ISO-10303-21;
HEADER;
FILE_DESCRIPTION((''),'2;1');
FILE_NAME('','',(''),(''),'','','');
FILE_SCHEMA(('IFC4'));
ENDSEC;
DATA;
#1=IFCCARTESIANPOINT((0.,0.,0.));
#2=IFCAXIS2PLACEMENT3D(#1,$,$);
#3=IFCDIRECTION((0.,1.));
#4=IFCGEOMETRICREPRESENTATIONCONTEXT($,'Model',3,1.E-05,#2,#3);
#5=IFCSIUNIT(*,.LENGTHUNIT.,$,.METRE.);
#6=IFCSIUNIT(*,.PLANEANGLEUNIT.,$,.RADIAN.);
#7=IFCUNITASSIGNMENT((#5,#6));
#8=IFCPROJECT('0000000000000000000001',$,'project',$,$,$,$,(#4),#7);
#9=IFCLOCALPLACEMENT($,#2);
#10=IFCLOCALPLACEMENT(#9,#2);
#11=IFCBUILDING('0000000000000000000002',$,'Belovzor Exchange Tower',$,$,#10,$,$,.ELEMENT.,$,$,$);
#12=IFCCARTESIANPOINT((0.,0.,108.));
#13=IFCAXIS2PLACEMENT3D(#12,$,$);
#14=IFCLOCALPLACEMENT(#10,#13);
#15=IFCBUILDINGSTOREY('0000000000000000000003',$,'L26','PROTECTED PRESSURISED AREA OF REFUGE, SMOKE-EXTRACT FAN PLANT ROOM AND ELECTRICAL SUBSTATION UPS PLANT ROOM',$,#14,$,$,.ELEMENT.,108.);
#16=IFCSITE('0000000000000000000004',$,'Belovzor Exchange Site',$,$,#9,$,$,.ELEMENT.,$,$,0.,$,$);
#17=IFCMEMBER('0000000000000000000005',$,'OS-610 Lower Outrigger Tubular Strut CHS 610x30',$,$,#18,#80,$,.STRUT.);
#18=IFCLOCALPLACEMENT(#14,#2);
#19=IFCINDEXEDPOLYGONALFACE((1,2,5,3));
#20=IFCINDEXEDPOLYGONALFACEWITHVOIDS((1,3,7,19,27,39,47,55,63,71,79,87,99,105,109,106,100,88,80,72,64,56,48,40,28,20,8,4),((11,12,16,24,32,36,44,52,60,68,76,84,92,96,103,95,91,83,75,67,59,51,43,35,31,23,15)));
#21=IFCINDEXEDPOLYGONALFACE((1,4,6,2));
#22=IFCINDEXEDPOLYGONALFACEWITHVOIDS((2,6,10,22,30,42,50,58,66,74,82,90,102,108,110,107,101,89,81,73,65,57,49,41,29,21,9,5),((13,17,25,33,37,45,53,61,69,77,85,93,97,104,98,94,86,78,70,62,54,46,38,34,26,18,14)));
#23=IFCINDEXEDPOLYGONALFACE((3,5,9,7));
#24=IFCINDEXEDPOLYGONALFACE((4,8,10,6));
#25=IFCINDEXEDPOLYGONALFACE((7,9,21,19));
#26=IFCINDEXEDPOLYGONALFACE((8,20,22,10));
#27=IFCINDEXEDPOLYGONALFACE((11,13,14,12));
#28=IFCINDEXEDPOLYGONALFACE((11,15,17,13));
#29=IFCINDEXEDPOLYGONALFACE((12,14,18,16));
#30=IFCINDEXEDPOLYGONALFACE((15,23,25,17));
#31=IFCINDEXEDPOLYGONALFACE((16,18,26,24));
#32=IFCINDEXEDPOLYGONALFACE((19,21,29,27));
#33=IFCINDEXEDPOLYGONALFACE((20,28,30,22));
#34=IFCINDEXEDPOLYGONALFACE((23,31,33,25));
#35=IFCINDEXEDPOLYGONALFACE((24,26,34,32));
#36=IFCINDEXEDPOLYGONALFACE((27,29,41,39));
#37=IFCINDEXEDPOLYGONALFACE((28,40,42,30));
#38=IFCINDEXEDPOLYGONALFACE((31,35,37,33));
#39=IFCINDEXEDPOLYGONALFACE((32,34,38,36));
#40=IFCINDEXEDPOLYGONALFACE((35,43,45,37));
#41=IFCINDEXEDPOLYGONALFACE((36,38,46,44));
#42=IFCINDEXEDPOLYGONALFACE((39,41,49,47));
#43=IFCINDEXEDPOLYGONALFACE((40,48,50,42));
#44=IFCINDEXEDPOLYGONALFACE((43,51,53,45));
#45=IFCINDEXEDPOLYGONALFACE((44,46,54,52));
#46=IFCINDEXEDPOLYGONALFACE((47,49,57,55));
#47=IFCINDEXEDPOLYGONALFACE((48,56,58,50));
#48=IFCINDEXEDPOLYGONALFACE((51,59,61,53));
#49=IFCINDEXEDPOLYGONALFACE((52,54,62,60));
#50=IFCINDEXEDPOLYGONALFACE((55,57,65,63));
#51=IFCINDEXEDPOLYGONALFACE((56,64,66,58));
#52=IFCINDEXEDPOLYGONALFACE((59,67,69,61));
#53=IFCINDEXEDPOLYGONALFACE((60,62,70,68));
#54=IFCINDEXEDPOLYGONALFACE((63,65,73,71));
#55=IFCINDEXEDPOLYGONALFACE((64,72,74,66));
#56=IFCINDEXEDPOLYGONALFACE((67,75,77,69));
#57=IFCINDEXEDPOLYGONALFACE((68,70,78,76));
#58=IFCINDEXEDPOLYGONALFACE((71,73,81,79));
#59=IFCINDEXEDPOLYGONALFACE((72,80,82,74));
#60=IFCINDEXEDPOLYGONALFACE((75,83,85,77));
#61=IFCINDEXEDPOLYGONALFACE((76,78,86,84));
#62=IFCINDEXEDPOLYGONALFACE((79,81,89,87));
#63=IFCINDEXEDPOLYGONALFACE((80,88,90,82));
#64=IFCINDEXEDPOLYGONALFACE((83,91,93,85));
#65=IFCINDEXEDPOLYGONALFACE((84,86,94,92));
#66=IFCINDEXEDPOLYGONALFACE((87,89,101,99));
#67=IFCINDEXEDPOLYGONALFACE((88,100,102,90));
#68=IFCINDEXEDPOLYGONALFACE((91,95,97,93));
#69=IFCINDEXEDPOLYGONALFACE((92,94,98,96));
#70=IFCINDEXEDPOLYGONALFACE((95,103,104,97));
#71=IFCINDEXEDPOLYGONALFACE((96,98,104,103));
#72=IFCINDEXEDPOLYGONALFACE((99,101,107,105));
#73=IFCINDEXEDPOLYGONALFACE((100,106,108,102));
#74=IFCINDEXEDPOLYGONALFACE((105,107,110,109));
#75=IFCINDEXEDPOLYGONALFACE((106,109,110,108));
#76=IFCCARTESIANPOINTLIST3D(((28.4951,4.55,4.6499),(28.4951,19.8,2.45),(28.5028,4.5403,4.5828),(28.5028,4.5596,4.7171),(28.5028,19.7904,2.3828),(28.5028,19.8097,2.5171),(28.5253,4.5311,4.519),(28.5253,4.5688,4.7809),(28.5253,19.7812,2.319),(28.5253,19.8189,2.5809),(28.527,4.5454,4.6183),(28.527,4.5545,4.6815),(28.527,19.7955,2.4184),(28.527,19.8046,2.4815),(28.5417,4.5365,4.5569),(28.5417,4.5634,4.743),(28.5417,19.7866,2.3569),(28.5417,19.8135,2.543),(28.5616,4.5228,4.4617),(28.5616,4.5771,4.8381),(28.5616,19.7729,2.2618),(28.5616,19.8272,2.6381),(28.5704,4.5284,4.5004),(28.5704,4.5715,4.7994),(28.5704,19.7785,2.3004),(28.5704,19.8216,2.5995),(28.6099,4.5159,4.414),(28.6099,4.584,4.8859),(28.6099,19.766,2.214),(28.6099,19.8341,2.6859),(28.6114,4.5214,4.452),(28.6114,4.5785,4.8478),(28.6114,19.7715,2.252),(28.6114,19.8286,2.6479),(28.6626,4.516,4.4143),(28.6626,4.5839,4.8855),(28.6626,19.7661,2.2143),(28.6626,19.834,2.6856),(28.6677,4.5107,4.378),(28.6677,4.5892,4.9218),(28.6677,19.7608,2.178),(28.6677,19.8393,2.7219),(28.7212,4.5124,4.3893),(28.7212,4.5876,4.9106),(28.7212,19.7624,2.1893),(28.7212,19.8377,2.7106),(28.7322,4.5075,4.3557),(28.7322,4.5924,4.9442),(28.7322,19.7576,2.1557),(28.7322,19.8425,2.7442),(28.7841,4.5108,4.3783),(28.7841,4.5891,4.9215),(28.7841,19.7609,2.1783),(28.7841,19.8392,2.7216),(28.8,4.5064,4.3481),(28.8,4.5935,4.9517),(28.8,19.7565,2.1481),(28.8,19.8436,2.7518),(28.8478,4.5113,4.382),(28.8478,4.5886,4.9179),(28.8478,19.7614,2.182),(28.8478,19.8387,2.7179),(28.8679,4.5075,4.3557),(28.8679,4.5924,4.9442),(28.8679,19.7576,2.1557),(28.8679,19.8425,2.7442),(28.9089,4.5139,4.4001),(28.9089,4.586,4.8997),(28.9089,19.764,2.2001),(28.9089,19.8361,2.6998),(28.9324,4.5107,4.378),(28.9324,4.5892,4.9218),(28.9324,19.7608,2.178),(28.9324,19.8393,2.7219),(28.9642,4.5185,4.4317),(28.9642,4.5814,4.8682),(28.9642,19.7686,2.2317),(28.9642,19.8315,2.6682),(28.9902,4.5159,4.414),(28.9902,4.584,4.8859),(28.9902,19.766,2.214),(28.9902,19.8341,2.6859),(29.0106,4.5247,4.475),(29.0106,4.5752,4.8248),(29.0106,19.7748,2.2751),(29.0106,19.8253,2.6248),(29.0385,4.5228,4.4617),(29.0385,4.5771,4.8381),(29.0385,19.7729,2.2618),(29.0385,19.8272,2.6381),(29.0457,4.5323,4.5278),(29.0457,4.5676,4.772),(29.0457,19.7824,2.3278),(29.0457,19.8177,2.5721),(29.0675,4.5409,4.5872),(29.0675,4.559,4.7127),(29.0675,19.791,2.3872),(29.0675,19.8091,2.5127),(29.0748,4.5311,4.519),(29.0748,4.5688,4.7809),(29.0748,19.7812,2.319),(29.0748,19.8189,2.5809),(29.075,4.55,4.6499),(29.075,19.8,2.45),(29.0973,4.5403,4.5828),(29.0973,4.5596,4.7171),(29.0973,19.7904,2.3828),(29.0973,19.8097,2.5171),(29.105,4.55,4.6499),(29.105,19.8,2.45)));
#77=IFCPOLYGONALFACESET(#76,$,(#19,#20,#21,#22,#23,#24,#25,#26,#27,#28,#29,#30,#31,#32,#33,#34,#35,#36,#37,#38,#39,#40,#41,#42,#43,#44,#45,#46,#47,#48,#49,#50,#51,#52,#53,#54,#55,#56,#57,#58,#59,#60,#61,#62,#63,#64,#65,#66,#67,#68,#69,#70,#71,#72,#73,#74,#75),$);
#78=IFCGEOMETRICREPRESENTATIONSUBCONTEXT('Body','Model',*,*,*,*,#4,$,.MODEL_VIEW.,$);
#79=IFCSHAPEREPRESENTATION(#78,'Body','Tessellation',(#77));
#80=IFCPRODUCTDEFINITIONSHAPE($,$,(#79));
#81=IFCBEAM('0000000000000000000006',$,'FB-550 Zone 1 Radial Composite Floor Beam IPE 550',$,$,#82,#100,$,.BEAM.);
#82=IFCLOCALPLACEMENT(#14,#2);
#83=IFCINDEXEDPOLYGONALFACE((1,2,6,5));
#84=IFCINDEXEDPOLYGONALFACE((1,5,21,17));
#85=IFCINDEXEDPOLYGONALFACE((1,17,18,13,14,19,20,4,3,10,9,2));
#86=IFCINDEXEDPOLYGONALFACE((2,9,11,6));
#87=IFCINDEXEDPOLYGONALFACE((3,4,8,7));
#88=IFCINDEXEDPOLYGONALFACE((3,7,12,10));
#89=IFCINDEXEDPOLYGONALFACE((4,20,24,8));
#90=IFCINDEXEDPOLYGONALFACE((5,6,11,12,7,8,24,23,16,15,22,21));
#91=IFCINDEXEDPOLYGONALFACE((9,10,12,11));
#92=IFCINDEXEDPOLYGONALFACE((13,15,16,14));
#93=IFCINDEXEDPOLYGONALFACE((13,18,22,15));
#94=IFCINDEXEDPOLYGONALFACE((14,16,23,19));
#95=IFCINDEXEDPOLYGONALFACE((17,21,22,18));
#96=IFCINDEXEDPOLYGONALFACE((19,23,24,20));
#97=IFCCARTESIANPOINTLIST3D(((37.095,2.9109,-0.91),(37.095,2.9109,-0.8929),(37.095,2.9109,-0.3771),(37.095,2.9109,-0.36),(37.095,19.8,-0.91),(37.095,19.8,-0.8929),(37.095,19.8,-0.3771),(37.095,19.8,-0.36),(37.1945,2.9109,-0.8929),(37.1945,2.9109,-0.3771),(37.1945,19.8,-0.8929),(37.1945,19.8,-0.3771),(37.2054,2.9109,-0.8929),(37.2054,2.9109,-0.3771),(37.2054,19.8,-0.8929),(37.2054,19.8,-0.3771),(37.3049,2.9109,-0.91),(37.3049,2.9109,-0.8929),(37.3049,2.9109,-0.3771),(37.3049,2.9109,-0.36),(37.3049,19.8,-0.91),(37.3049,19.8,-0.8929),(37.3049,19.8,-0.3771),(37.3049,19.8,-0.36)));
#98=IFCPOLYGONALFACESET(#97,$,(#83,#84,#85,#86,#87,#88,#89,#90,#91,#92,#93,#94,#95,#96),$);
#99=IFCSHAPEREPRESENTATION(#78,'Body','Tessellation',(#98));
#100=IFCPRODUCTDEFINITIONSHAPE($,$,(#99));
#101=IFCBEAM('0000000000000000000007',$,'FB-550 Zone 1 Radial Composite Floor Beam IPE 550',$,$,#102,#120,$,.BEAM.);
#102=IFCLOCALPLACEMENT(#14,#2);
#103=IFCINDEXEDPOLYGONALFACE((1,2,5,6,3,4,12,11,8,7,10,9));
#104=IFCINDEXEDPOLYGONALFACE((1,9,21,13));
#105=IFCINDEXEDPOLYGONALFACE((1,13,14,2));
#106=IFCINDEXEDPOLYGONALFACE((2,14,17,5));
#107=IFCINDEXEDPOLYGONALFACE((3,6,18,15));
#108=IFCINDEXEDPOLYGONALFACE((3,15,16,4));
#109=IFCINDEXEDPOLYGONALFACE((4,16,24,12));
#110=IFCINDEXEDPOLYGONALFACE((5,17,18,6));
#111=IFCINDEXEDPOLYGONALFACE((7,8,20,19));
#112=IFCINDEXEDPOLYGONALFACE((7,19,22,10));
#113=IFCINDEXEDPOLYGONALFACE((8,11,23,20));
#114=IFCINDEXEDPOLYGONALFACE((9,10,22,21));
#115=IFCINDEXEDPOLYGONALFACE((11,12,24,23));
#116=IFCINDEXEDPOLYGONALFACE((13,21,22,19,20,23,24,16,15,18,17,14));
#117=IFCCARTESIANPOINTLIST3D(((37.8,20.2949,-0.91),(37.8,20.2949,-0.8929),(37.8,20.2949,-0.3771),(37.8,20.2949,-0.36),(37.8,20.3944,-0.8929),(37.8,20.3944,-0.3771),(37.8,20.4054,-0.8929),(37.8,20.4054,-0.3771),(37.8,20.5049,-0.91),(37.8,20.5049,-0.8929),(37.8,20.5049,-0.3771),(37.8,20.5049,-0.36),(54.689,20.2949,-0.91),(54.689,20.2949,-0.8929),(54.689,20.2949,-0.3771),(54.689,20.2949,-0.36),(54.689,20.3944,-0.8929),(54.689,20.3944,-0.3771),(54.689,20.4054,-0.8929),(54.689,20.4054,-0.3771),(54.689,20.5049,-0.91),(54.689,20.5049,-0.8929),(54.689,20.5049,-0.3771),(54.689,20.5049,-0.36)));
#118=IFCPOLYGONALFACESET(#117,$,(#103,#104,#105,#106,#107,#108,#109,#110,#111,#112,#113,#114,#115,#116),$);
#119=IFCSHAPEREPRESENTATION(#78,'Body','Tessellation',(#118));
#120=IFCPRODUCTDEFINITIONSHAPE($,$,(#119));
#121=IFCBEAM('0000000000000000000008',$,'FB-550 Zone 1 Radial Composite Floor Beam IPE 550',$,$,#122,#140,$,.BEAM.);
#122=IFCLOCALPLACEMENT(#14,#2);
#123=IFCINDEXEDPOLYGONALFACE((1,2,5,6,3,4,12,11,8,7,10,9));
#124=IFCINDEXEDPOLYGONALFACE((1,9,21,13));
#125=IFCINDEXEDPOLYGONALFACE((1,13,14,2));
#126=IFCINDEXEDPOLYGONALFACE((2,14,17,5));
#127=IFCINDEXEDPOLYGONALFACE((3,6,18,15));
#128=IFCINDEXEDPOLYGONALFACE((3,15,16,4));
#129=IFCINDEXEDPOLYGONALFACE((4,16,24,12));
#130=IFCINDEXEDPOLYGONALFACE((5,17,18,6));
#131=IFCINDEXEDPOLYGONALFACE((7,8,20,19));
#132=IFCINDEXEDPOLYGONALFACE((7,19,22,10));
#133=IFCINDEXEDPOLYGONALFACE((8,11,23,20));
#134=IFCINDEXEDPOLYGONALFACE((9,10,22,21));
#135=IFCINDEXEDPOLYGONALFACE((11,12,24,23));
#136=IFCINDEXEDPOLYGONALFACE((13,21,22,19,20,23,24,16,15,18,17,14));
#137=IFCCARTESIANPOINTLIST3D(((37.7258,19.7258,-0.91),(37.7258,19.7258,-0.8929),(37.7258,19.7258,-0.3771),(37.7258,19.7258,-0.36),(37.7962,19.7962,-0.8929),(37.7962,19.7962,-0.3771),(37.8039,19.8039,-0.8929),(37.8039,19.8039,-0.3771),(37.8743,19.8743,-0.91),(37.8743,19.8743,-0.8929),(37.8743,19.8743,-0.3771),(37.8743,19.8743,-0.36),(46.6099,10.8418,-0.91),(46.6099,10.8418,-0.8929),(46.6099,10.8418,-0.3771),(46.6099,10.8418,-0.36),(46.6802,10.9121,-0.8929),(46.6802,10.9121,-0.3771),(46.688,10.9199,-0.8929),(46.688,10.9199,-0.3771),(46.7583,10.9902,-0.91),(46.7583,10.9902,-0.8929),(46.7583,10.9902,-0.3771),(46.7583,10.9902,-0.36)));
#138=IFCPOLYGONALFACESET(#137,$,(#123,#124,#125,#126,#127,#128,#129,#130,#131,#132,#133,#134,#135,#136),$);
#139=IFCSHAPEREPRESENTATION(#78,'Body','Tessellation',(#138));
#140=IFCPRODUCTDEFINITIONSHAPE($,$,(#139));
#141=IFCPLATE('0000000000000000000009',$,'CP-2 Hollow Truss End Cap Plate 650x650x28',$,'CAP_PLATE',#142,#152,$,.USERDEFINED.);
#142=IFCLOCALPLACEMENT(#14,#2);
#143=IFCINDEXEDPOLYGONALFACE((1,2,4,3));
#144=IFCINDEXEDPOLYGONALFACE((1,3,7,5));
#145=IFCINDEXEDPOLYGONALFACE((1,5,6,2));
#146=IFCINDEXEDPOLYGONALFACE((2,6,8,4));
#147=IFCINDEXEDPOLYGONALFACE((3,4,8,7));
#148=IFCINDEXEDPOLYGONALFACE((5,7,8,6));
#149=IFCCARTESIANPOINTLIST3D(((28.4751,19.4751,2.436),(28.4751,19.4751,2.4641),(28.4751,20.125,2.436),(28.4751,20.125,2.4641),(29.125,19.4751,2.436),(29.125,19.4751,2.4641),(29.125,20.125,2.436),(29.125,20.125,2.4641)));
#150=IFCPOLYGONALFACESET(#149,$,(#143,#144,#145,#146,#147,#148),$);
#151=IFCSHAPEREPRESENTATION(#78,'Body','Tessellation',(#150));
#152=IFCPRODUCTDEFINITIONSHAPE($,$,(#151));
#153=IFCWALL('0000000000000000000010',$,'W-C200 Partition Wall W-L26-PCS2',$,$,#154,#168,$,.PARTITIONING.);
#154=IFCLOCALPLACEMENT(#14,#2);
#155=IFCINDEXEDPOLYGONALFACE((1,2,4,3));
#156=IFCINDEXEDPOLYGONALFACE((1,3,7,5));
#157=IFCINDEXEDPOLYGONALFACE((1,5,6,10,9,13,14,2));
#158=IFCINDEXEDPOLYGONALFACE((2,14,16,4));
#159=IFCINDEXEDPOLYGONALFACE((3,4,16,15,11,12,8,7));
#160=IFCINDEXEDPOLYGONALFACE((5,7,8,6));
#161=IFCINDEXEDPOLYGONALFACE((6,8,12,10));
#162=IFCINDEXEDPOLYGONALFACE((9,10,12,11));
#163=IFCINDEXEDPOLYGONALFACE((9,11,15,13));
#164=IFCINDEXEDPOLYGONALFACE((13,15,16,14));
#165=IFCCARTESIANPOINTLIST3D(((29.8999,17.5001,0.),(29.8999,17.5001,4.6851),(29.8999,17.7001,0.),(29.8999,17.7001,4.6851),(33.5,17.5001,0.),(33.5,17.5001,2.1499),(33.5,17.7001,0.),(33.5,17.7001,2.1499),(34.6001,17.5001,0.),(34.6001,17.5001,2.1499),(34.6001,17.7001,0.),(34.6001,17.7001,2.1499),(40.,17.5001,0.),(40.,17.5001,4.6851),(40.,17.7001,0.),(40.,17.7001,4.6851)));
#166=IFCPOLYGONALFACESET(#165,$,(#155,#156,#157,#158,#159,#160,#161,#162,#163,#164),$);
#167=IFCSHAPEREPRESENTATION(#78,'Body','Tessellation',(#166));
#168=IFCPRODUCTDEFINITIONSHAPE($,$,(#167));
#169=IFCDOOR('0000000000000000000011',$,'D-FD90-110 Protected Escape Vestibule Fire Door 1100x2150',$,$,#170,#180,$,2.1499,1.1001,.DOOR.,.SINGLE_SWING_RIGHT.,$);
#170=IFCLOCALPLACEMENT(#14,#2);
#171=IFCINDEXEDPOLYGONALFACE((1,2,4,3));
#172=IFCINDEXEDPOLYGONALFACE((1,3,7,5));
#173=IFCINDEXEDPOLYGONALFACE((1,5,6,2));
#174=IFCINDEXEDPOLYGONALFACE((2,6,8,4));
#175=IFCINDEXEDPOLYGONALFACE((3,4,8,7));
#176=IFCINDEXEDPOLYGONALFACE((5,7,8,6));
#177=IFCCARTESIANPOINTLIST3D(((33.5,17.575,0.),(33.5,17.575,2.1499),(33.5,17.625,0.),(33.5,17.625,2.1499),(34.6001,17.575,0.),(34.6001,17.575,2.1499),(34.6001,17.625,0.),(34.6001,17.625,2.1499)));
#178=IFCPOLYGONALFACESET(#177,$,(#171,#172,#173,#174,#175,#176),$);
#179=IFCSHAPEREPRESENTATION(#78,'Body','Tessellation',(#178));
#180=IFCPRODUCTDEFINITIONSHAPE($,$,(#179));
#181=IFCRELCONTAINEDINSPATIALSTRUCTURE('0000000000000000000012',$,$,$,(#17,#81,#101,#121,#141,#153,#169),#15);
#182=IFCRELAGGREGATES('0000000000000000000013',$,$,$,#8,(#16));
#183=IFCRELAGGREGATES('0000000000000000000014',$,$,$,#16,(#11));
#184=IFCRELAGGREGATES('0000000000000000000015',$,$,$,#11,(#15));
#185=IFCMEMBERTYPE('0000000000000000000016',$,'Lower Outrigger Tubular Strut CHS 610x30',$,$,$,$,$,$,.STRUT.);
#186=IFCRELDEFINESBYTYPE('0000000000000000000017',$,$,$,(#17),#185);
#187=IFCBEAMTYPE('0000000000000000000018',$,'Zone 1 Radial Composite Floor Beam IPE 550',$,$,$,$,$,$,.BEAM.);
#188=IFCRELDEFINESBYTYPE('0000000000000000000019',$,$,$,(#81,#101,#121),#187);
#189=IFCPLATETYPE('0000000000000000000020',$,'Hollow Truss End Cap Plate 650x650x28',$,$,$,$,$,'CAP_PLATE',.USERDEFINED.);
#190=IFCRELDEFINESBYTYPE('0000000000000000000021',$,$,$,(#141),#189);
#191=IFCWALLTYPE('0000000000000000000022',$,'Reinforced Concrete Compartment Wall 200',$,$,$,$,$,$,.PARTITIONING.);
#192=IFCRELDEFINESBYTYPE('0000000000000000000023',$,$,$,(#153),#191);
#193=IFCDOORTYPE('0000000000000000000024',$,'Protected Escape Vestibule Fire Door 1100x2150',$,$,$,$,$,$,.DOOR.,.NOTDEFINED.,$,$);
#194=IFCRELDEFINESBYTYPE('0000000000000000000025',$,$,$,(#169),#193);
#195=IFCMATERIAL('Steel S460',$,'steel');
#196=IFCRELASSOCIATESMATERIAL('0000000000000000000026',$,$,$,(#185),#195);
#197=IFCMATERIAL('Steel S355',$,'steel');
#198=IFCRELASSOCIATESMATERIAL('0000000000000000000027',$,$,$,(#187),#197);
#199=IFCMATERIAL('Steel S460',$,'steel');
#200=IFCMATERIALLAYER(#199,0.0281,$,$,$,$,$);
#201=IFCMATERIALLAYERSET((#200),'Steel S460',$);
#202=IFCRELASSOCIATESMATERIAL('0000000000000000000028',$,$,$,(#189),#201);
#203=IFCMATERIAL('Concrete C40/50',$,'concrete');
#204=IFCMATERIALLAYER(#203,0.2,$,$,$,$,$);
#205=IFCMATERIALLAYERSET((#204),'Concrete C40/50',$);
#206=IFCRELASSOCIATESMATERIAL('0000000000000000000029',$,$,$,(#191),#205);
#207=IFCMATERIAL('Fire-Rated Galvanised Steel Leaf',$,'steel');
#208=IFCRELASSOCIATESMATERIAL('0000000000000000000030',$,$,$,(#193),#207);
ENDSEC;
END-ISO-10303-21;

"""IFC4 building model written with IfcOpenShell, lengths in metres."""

from ifc_helpers import new_model, si_unit, direction, frame, frame_2d, origin, origin_2d, place, context, subcontext, project, spatial, rectangle, hollow_circle, i_section, extrude, material, layer, layer_set, material_profile, profile_set, type_object, element, fill, save


model = new_model("IFC4")

# Units and contexts
model_context = context("Model", 3, precision=1e-05, world=origin(), true_north=direction((0.0, 1.0)))
body_context = subcontext(model_context, "Body", "Model", "MODEL_VIEW")
ifc_project = project(units=[si_unit("LENGTHUNIT", "METRE"), si_unit("PLANEANGLEUNIT", "RADIAN")], contexts=[model_context])

# Site, building, storey
site_placement = place(None, origin())
site = spatial("IfcSite", under=ifc_project, at=site_placement, Name="Belovzor Exchange Site", CompositionType="ELEMENT", RefElevation=0.0)
building_placement = place(site_placement, origin())
building = spatial("IfcBuilding", under=site, at=building_placement, Name="Belovzor Exchange Tower", CompositionType="ELEMENT")
storey_placement = place(building_placement, frame((0.0, 0.0, 108.0)))
storey = spatial("IfcBuildingStorey", under=building, at=storey_placement, Name="L26", Description="PROTECTED PRESSURISED AREA OF REFUGE, SMOKE-EXTRACT FAN PLANT ROOM AND ELECTRICAL SUBSTATION UPS PLANT ROOM", CompositionType="ELEMENT", Elevation=108.0)

# Member
ifc_material_1 = material(Name="Steel S460", Category="steel")
ifc_material_profile_1 = material_profile(ifc_material_1, hollow_circle(Radius=0.3049, WallThickness=0.03, at=origin_2d()))
ifc_profile_set_1 = profile_set([ifc_material_profile_1], Name="Steel S460")
member_type = type_object("IfcMemberType", Name="Lower Outrigger Tubular Strut CHS 610x30", PredefinedType="STRUT", material=ifc_profile_set_1)
member_placement = place(storey_placement, frame((28.8, 19.8, 2.45), z_axis=(0.0, -0.989754, 0.142781), x_axis=(1.0, 0.0, 0.0)))
element("IfcMember", 1, at=member_placement, inside=storey, type_object=member_type, Name="OS-610 Lower Outrigger Tubular Strut CHS 610x30", PredefinedType="STRUT", context=body_context, shape_type="SweptSolid", body=[
    extrude(hollow_circle(Radius=0.3049, WallThickness=0.03, at=origin_2d()), origin(), (0.0, 0.0, 1.0), 15.408),
])

# Beams
ifc_material_2 = material(Name="Steel S355", Category="steel")
ifc_material_profile_2 = material_profile(ifc_material_2, i_section(OverallWidth=0.21, OverallDepth=0.55, WebThickness=0.011, FlangeThickness=0.0171, at=origin_2d()))
ifc_profile_set_2 = profile_set([ifc_material_profile_2], Name="Steel S355")
beam_type = type_object("IfcBeamType", Name="Zone 1 Radial Composite Floor Beam IPE 550", PredefinedType="BEAM", material=ifc_profile_set_2)
beam_1_placement = place(storey_placement, frame((37.2, 19.8, -0.635), z_axis=(0.0, -1.0, 0.0), x_axis=(1.0, 0.0, 0.0)))
element("IfcBeam", 2, at=beam_1_placement, inside=storey, type_object=beam_type, Name="FB-550 Zone 1 Radial Composite Floor Beam IPE 550", PredefinedType="BEAM", context=body_context, shape_type="SweptSolid", body=[
    extrude(i_section(OverallWidth=0.21, OverallDepth=0.55, WebThickness=0.011, FlangeThickness=0.0171, at=origin_2d()), origin(), (0.0, 0.0, 1.0), 16.8892),
])
beam_2_placement = place(storey_placement, frame((37.8, 20.3999, -0.635), z_axis=(1.0, 0.0, 0.0), x_axis=(0.0, 1.0, 0.0)))
element("IfcBeam", 3, at=beam_2_placement, inside=storey, type_object=beam_type, Name="FB-550 Zone 1 Radial Composite Floor Beam IPE 550", PredefinedType="BEAM", context=body_context, shape_type="SweptSolid", body=[
    extrude(i_section(OverallWidth=0.21, OverallDepth=0.55, WebThickness=0.011, FlangeThickness=0.0171, at=origin_2d()), origin(), (0.0, 0.0, 1.0), 16.8889),
])
beam_3_placement = place(storey_placement, frame((37.8, 19.8, -0.635), z_axis=(0.707107, -0.707107, 0.0), x_axis=(0.707107, 0.707107, 0.0)))
element("IfcBeam", 4, at=beam_3_placement, inside=storey, type_object=beam_type, Name="FB-550 Zone 1 Radial Composite Floor Beam IPE 550", PredefinedType="BEAM", context=body_context, shape_type="SweptSolid", body=[
    extrude(i_section(OverallWidth=0.21, OverallDepth=0.55, WebThickness=0.011, FlangeThickness=0.0171, at=origin_2d()), origin(), (0.0, 0.0, 1.0), 12.564),
])

# Plate
ifc_material_3 = material(Name="Steel S460", Category="steel")
ifc_layer_1 = layer(ifc_material_3, 0.0281)
ifc_layer_set_1 = layer_set([ifc_layer_1], Name="Steel S460")
plate_type = type_object("IfcPlateType", Name="Hollow Truss End Cap Plate 650x650x28", ElementType="CAP_PLATE", PredefinedType="USERDEFINED", material=ifc_layer_set_1)
plate_placement = place(storey_placement, frame((28.8, 19.8, 2.436), z_axis=(0.0, 0.0, 1.0), x_axis=(1.0, 0.0, 0.0)))
element("IfcPlate", 5, at=plate_placement, inside=storey, type_object=plate_type, Name="CP-2 Hollow Truss End Cap Plate 650x650x28", ObjectType="CAP_PLATE", PredefinedType="USERDEFINED", context=body_context, shape_type="SweptSolid", body=[
    extrude(rectangle(XDim=0.6499, YDim=0.6499, at=origin_2d()), origin(), (0.0, 0.0, 1.0), 0.0281),
])

# Wall, opening, door
ifc_material_4 = material(Name="Concrete C40/50", Category="concrete")
ifc_layer_2 = layer(ifc_material_4, 0.2)
ifc_layer_set_2 = layer_set([ifc_layer_2], Name="Concrete C40/50")
wall_type_1 = type_object("IfcWallType", Name="Reinforced Concrete Compartment Wall 200", PredefinedType="PARTITIONING", material=ifc_layer_set_2)
wall_1_placement = place(storey_placement, frame((29.8999, 17.6001, 0.0), z_axis=(0.0, 0.0, 1.0), x_axis=(1.0, 0.0, 0.0)))
wall_1 = element("IfcWall", 6, at=wall_1_placement, inside=storey, type_object=wall_type_1, Name="W-C200 Partition Wall W-L26-PCS2", PredefinedType="PARTITIONING", context=body_context, shape_type="SweptSolid", body=[
    extrude(rectangle(XDim=10.1001, YDim=0.2, at=frame_2d((5.05, 0.0))), origin(), (0.0, 0.0, 1.0), 4.6851),
])
opening_1_placement = place(wall_1_placement, frame((3.6001, 0.0, 0.0)))
opening_1 = element("IfcOpeningElement", 7, at=opening_1_placement, cuts=wall_1, PredefinedType="OPENING", context=body_context, shape_type="SweptSolid", body=[
    extrude(rectangle(XDim=1.1001, YDim=2.1499, at=frame_2d((0.55, 1.075))), frame((0.0, 0.1099, 0.0), z_axis=(0.0, -1.0, 0.0), x_axis=(1.0, 0.0, 0.0)), (0.0, 0.0, 1.0), 0.22),
])
ifc_material_5 = material(Name="Fire-Rated Galvanised Steel Leaf", Category="steel")
door_type_1 = type_object("IfcDoorType", Name="Protected Escape Vestibule Fire Door 1100x2150", OperationType="NOTDEFINED", PredefinedType="DOOR", material=ifc_material_5)
door_1_placement = place(opening_1_placement, origin())
door_1 = element("IfcDoor", 8, at=door_1_placement, inside=storey, type_object=door_type_1, Name="D-FD90-110 Protected Escape Vestibule Fire Door 1100x2150", OperationType="SINGLE_SWING_RIGHT", OverallHeight=2.1499, OverallWidth=1.1001, PredefinedType="DOOR", context=body_context, shape_type="SweptSolid", body=[
    extrude(rectangle(XDim=1.1001, YDim=2.1499, at=frame_2d((0.55, 1.075))), frame((0.0, 0.0249, 0.0), z_axis=(0.0, -1.0, 0.0), x_axis=(1.0, 0.0, 0.0)), (0.0, 0.0, 1.0), 0.05),
])
fill(opening_1, door_1)

save(model, "model.ifc")
